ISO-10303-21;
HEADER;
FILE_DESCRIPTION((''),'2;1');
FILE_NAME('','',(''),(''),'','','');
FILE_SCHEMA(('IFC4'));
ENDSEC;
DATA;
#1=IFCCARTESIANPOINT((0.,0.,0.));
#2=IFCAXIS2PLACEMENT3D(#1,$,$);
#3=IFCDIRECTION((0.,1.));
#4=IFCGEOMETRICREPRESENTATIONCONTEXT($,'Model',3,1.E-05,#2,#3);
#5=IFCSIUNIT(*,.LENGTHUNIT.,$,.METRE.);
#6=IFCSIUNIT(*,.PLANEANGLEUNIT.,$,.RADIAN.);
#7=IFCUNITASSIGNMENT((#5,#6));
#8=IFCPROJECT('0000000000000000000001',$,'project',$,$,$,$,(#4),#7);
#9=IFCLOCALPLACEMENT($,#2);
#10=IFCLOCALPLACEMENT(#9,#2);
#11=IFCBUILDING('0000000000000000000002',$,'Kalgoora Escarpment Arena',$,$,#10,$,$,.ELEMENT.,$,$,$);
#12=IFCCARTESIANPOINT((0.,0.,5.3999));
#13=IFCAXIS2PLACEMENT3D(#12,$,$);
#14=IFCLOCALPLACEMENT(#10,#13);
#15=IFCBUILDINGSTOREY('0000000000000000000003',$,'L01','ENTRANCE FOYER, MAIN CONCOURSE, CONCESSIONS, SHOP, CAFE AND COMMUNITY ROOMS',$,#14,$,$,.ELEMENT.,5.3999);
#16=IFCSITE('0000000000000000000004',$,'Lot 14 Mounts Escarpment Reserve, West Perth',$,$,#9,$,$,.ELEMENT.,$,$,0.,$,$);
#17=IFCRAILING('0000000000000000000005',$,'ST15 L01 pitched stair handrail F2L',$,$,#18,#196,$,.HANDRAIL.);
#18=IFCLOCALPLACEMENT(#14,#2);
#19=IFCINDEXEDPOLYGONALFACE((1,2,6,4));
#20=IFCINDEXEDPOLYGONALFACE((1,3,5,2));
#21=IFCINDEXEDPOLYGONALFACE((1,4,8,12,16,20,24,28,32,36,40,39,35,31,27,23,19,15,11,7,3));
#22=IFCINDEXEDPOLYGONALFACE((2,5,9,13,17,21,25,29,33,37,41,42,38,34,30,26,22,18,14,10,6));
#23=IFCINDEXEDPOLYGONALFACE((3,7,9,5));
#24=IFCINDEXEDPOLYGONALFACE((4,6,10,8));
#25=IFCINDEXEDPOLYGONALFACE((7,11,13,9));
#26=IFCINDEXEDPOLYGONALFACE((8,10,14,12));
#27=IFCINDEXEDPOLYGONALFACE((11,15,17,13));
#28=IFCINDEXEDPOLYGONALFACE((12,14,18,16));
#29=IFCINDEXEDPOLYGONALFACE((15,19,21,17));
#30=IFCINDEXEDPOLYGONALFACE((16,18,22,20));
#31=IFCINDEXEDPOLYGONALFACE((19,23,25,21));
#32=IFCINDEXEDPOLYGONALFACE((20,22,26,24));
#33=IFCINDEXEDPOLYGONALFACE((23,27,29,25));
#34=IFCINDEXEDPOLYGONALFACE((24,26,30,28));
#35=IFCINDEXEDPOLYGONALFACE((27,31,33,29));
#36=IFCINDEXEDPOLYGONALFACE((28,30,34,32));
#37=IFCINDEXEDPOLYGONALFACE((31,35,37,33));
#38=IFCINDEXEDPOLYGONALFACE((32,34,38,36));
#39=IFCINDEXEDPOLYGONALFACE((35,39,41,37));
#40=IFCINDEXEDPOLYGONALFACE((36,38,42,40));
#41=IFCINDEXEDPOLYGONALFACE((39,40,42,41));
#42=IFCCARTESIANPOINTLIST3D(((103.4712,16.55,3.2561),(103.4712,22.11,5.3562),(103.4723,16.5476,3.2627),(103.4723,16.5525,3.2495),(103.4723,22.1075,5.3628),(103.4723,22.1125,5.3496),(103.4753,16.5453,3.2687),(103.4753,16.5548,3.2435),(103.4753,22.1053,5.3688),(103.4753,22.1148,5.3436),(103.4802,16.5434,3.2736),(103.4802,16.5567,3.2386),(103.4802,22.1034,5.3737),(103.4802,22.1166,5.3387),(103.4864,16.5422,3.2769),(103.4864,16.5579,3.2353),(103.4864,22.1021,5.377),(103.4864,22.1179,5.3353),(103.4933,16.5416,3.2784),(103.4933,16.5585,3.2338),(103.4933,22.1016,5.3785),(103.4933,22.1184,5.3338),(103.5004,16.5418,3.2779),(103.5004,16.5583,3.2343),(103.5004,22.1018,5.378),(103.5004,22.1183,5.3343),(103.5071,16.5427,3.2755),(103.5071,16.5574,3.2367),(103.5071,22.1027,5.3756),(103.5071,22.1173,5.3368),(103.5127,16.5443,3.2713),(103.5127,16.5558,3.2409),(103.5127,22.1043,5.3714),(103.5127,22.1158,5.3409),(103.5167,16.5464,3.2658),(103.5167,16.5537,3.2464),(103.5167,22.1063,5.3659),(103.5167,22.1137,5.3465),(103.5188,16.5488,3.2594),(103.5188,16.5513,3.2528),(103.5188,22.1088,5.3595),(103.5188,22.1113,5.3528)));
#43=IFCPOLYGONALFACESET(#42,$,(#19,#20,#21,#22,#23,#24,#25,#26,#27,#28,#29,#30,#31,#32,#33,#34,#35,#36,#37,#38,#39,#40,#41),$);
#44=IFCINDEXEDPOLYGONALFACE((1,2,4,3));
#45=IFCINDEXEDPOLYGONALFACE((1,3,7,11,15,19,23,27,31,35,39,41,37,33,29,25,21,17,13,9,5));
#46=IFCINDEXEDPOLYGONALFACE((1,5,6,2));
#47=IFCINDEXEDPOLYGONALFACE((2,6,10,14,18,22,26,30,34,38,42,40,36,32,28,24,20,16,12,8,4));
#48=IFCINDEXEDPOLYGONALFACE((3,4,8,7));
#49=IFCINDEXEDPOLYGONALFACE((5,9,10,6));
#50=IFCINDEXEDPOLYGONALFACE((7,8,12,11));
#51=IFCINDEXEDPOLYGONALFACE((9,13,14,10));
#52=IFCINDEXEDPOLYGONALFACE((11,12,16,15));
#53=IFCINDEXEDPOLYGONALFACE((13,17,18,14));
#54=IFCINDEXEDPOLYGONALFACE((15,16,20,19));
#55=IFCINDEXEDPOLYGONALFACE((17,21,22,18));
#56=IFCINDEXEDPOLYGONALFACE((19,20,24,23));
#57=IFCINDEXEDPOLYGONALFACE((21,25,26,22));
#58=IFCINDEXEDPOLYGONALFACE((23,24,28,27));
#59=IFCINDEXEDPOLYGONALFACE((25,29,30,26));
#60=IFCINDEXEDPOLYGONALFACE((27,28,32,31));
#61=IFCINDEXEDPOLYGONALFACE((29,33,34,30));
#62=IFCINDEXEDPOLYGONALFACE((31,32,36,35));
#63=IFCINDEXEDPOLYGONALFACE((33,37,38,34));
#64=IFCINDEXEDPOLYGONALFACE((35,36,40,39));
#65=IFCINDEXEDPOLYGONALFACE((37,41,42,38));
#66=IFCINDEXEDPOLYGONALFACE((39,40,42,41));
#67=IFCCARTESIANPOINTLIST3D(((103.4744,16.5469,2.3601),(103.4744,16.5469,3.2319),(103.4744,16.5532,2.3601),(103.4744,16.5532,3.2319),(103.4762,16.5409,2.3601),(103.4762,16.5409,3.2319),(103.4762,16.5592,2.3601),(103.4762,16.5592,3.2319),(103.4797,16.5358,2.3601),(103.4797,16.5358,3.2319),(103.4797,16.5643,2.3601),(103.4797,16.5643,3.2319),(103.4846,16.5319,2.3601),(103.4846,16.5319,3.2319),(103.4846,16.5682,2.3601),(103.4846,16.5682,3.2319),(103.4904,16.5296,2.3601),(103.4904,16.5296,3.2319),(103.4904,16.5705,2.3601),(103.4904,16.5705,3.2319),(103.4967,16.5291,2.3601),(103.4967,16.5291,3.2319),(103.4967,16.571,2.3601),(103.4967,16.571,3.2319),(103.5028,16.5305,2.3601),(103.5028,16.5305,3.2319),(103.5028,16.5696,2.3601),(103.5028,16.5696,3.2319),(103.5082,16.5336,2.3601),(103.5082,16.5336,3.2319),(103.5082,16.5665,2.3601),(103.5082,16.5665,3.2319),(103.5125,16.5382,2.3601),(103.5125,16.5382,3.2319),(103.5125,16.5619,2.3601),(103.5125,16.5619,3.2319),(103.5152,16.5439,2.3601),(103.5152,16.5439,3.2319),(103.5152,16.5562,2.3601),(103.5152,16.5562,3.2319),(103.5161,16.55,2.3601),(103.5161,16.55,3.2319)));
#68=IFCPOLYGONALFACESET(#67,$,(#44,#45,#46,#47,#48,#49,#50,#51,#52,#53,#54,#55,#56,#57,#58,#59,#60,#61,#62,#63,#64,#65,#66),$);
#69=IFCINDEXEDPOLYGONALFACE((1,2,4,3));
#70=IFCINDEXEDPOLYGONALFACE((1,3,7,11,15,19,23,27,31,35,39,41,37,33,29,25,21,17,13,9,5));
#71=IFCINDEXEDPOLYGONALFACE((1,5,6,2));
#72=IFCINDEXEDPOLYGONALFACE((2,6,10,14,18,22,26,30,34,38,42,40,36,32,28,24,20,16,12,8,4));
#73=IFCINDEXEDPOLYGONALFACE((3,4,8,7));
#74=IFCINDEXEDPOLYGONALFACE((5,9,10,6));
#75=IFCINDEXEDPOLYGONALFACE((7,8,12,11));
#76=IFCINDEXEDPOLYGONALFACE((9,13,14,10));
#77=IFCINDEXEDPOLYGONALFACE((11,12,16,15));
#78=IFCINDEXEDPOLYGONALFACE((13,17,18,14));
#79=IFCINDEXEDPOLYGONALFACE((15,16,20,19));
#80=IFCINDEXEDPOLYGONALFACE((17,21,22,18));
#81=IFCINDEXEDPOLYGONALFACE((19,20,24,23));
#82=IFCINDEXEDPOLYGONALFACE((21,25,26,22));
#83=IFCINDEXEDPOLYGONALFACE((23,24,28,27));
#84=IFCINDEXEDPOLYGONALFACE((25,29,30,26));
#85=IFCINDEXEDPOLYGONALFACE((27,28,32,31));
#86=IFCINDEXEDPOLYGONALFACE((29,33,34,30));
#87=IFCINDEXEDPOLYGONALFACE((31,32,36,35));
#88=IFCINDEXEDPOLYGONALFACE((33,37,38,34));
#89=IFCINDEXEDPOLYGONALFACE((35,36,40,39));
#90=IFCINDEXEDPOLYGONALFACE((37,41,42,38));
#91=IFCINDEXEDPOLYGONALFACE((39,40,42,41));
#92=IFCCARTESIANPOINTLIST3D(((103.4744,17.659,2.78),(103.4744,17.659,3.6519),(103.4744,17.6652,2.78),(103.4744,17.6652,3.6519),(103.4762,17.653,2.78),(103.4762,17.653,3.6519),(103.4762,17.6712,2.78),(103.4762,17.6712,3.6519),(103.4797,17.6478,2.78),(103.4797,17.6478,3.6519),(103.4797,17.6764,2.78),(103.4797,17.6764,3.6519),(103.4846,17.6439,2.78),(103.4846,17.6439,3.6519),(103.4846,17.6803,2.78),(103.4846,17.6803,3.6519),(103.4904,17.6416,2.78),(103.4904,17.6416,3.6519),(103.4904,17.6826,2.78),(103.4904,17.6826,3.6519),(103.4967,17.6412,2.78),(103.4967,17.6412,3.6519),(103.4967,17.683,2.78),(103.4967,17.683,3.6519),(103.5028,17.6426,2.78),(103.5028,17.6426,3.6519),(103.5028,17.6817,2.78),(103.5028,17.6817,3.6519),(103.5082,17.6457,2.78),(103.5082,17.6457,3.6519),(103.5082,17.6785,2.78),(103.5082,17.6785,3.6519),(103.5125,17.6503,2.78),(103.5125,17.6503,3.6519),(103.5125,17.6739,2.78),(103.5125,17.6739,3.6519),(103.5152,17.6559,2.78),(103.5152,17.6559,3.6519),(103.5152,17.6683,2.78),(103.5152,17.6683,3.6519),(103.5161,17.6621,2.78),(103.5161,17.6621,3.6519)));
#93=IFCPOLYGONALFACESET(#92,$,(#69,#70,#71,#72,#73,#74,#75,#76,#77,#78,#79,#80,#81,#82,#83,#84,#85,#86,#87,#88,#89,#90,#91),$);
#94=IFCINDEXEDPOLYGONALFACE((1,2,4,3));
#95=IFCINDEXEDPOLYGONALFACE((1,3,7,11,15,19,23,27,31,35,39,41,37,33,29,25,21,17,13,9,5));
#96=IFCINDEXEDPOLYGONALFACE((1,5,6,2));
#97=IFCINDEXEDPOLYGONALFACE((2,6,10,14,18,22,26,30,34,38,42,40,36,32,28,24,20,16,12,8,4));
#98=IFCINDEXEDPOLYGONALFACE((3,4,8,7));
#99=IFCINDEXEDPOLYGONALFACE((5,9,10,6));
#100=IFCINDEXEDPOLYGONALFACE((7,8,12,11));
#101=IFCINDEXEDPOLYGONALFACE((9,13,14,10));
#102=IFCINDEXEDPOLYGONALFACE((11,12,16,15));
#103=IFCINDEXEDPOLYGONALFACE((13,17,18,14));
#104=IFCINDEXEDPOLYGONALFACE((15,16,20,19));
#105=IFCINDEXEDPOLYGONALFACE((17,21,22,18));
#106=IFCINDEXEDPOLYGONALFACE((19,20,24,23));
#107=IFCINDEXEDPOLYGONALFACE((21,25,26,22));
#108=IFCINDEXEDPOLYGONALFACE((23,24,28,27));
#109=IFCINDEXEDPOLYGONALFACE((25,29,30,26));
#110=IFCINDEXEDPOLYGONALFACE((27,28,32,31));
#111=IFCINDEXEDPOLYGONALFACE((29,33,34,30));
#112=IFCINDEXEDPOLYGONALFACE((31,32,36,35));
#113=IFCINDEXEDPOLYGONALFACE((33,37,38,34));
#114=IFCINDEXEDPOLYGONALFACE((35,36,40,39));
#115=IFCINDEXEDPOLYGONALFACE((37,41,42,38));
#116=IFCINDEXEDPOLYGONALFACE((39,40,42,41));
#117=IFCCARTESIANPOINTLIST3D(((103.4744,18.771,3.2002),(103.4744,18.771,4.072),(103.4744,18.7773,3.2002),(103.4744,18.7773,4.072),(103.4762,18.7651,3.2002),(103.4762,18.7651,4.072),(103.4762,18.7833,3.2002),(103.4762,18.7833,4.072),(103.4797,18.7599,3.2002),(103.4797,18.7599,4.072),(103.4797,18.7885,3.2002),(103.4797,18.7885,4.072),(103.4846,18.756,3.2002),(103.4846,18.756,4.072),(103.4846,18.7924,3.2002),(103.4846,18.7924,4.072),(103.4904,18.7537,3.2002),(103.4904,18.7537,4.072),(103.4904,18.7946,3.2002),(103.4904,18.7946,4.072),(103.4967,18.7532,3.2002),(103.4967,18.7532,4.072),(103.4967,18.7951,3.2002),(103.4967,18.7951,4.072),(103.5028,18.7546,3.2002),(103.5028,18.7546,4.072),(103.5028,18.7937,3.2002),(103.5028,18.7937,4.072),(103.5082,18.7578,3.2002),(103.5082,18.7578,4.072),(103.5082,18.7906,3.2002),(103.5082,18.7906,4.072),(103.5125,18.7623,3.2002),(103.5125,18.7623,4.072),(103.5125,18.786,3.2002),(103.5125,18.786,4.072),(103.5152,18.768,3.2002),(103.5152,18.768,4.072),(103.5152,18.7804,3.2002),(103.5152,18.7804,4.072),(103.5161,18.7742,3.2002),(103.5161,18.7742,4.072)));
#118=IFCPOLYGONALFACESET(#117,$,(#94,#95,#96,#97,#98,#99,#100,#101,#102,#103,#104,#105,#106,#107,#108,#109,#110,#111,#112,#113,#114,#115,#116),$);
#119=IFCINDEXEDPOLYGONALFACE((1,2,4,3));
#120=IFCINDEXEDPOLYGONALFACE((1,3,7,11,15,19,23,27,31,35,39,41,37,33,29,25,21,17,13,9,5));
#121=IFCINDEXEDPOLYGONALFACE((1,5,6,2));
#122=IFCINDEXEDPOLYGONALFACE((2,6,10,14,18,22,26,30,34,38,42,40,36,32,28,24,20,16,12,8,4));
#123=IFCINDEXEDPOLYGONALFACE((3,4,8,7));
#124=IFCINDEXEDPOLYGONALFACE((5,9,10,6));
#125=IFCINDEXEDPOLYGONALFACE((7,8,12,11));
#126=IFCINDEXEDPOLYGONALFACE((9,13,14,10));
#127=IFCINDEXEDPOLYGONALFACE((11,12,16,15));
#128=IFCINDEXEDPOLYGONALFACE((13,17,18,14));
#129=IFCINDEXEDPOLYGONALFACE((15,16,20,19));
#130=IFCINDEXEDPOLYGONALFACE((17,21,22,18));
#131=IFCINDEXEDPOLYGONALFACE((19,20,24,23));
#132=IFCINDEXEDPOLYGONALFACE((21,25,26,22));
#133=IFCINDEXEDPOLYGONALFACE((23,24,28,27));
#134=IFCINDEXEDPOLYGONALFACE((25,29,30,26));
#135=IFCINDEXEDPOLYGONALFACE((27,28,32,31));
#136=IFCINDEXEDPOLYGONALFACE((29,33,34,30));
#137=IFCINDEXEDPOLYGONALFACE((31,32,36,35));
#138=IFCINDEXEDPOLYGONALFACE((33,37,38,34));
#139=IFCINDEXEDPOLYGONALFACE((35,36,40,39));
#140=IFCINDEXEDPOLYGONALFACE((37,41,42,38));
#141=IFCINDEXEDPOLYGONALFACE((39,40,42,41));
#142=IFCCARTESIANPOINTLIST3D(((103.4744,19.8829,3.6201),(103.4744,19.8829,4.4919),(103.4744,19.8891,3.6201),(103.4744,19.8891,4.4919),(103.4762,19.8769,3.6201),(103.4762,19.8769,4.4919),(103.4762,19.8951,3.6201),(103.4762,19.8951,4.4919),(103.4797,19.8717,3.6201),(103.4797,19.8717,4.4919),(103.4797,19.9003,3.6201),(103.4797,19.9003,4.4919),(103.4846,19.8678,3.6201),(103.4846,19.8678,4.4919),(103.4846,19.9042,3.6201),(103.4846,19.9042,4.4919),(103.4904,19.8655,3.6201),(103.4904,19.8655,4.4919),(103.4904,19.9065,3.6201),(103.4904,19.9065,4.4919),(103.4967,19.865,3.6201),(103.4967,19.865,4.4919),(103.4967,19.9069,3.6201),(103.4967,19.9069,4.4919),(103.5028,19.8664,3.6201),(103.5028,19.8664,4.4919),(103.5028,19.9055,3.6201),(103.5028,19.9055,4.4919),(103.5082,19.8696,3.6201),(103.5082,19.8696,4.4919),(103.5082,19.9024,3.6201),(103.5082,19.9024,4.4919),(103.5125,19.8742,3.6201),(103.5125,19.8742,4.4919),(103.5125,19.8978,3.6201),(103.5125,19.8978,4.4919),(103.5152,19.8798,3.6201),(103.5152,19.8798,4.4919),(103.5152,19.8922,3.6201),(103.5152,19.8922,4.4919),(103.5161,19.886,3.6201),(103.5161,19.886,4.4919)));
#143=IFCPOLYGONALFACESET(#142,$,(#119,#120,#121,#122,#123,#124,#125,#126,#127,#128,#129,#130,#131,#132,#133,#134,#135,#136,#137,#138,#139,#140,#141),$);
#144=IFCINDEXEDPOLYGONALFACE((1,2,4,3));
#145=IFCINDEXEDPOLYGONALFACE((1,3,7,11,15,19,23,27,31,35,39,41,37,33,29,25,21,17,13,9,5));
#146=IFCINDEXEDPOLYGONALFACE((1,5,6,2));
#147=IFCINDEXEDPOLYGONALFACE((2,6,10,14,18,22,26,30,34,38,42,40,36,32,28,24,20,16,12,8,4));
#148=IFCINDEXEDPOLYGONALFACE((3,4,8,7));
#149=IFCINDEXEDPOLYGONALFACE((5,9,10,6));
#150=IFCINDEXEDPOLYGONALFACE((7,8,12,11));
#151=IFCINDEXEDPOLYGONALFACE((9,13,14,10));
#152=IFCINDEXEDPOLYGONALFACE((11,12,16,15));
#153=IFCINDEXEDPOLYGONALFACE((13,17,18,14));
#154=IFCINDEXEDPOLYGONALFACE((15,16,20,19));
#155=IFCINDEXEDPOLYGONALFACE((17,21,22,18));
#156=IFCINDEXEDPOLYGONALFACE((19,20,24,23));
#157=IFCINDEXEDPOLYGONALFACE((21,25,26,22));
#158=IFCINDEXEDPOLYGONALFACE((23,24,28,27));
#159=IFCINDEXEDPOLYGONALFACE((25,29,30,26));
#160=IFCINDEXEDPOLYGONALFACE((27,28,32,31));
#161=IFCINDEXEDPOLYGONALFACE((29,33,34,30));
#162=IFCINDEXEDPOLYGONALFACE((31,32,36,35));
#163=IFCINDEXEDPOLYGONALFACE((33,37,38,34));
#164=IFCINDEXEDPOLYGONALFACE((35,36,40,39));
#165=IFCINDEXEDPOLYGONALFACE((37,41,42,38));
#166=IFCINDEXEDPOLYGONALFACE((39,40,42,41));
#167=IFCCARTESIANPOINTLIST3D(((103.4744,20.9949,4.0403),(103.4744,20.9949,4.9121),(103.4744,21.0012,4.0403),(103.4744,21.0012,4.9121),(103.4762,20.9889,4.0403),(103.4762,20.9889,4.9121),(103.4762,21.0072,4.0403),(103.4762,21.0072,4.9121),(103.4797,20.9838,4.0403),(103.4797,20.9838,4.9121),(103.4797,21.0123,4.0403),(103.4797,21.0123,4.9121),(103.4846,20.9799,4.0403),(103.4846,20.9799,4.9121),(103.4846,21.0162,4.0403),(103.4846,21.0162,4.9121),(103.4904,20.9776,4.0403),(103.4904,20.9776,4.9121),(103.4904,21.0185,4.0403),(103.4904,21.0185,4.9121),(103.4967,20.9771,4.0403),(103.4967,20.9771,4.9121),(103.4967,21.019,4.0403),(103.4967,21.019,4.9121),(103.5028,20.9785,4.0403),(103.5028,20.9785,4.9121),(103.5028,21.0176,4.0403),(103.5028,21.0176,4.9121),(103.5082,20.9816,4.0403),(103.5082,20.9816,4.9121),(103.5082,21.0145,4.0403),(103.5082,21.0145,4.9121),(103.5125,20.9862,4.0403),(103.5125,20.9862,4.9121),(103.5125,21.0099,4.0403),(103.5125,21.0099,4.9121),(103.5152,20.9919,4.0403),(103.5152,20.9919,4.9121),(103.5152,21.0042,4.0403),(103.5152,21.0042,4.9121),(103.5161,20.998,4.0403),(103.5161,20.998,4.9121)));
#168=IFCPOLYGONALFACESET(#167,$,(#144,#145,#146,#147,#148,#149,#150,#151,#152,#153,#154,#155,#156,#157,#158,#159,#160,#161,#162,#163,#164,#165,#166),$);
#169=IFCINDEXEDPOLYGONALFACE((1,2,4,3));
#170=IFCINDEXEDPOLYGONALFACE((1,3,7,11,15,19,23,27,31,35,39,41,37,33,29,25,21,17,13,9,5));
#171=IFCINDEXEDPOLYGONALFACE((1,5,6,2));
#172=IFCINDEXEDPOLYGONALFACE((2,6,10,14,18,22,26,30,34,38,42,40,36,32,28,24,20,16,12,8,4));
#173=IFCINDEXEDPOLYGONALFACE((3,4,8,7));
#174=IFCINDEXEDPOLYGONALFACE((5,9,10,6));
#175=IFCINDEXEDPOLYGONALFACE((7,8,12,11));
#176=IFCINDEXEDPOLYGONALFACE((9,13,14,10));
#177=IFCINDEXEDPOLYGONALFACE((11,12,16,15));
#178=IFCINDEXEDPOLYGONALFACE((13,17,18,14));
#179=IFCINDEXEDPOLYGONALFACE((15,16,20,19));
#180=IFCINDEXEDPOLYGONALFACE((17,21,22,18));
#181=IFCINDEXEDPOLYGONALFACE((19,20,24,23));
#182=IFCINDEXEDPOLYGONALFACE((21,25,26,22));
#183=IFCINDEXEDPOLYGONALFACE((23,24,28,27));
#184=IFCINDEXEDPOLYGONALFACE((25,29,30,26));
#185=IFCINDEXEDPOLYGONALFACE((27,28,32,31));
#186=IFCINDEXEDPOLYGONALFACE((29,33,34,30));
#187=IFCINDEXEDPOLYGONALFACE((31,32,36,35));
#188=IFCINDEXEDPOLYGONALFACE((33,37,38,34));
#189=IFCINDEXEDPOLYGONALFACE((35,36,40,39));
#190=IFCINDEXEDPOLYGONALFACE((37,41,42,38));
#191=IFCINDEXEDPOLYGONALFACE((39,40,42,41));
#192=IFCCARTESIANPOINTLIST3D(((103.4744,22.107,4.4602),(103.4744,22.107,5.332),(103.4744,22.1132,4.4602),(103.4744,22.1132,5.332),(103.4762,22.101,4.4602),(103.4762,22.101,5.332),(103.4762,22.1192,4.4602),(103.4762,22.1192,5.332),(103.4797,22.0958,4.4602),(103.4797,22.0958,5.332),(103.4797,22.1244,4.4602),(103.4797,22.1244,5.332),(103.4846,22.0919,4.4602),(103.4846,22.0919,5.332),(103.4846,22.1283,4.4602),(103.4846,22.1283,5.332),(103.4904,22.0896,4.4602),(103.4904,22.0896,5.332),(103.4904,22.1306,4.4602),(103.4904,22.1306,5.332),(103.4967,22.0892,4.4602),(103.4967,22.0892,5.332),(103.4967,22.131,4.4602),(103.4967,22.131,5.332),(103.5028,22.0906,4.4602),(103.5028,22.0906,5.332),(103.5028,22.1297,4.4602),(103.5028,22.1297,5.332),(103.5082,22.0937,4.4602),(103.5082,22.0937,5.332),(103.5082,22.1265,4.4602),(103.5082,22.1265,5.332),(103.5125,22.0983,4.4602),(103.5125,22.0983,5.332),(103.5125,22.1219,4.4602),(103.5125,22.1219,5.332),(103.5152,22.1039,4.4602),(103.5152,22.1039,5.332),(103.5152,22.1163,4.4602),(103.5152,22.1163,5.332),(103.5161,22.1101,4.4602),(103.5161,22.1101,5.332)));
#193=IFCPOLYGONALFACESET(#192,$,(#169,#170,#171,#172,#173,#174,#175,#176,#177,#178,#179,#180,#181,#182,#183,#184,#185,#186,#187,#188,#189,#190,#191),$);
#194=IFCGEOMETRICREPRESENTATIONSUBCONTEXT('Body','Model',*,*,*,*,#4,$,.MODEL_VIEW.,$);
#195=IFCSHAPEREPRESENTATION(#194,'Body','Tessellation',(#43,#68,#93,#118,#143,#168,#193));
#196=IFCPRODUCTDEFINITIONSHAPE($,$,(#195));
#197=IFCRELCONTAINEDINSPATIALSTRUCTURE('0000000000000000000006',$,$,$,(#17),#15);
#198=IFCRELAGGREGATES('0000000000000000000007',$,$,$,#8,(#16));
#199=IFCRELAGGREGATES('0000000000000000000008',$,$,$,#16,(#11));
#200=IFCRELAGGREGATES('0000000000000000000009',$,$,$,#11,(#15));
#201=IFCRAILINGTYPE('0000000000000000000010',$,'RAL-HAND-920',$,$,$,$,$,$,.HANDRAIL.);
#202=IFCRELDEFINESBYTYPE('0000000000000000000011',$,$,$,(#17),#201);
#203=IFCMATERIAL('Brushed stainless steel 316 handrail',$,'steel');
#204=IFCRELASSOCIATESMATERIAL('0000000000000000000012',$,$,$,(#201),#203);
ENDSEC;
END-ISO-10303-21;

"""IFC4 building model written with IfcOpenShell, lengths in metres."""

from ifc_helpers import new_model, si_unit, direction, frame, origin, origin_2d, place, context, subcontext, project, spatial, circle, extrude, material, type_object, element, save


model = new_model("IFC4")

# Units and contexts
model_context = context("Model", 3, precision=1e-05, world=origin(), true_north=direction((0.0, 1.0)))
body_context = subcontext(model_context, "Body", "Model", "MODEL_VIEW")
ifc_project = project(units=[si_unit("LENGTHUNIT", "METRE"), si_unit("PLANEANGLEUNIT", "RADIAN")], contexts=[model_context])

# Site, building, storey
site_placement = place(None, origin())
site = spatial("IfcSite", under=ifc_project, at=site_placement, Name="Lot 14 Mounts Escarpment Reserve, West Perth", CompositionType="ELEMENT", RefElevation=0.0)
building_placement = place(site_placement, origin())
building = spatial("IfcBuilding", under=site, at=building_placement, Name="Kalgoora Escarpment Arena", CompositionType="ELEMENT")
storey_placement = place(building_placement, frame((0.0, 0.0, 5.3999)))
storey = spatial("IfcBuildingStorey", under=building, at=storey_placement, Name="L01", Description="ENTRANCE FOYER, MAIN CONCOURSE, CONCESSIONS, SHOP, CAFE AND COMMUNITY ROOMS", CompositionType="ELEMENT", Elevation=5.3999)

# Railing
ifc_material_1 = material(Name="Brushed stainless steel 316 handrail", Category="steel")
railing_type_1 = type_object("IfcRailingType", Name="RAL-HAND-920", PredefinedType="HANDRAIL", material=ifc_material_1)
railing_1_placement = place(storey_placement, frame((103.4951, 16.55, 2.3601)))
element("IfcRailing", 1, at=railing_1_placement, inside=storey, type_object=railing_type_1, Name="ST15 L01 pitched stair handrail F2L", PredefinedType="HANDRAIL", context=body_context, shape_type="SweptSolid", body=[
    extrude(circle(Radius=0.0239, at=origin_2d()), frame((0.0, 0.0, 0.896), z_axis=(0.0, 0.935493, 0.353346), x_axis=(-1.0, 0.0, 0.0)), (0.0, 0.0, 1.0), 5.9434),
    extrude(circle(Radius=0.021, at=origin_2d()), origin(), (0.0, 0.0, 1.0), 0.8718),
    extrude(circle(Radius=0.021, at=origin_2d()), frame((0.0, 1.1121, 0.4199)), (0.0, 0.0, 1.0), 0.8718),
    extrude(circle(Radius=0.021, at=origin_2d()), frame((0.0, 2.2241, 0.8401)), (0.0, 0.0, 1.0), 0.8718),
    extrude(circle(Radius=0.021, at=origin_2d()), frame((0.0, 3.3359, 1.26)), (0.0, 0.0, 1.0), 0.8718),
    extrude(circle(Radius=0.021, at=origin_2d()), frame((0.0, 4.448, 1.6802)), (0.0, 0.0, 1.0), 0.8718),
    extrude(circle(Radius=0.021, at=origin_2d()), frame((0.0, 5.5601, 2.1001)), (0.0, 0.0, 1.0), 0.8718),
])

save(model, "model.ifc")
